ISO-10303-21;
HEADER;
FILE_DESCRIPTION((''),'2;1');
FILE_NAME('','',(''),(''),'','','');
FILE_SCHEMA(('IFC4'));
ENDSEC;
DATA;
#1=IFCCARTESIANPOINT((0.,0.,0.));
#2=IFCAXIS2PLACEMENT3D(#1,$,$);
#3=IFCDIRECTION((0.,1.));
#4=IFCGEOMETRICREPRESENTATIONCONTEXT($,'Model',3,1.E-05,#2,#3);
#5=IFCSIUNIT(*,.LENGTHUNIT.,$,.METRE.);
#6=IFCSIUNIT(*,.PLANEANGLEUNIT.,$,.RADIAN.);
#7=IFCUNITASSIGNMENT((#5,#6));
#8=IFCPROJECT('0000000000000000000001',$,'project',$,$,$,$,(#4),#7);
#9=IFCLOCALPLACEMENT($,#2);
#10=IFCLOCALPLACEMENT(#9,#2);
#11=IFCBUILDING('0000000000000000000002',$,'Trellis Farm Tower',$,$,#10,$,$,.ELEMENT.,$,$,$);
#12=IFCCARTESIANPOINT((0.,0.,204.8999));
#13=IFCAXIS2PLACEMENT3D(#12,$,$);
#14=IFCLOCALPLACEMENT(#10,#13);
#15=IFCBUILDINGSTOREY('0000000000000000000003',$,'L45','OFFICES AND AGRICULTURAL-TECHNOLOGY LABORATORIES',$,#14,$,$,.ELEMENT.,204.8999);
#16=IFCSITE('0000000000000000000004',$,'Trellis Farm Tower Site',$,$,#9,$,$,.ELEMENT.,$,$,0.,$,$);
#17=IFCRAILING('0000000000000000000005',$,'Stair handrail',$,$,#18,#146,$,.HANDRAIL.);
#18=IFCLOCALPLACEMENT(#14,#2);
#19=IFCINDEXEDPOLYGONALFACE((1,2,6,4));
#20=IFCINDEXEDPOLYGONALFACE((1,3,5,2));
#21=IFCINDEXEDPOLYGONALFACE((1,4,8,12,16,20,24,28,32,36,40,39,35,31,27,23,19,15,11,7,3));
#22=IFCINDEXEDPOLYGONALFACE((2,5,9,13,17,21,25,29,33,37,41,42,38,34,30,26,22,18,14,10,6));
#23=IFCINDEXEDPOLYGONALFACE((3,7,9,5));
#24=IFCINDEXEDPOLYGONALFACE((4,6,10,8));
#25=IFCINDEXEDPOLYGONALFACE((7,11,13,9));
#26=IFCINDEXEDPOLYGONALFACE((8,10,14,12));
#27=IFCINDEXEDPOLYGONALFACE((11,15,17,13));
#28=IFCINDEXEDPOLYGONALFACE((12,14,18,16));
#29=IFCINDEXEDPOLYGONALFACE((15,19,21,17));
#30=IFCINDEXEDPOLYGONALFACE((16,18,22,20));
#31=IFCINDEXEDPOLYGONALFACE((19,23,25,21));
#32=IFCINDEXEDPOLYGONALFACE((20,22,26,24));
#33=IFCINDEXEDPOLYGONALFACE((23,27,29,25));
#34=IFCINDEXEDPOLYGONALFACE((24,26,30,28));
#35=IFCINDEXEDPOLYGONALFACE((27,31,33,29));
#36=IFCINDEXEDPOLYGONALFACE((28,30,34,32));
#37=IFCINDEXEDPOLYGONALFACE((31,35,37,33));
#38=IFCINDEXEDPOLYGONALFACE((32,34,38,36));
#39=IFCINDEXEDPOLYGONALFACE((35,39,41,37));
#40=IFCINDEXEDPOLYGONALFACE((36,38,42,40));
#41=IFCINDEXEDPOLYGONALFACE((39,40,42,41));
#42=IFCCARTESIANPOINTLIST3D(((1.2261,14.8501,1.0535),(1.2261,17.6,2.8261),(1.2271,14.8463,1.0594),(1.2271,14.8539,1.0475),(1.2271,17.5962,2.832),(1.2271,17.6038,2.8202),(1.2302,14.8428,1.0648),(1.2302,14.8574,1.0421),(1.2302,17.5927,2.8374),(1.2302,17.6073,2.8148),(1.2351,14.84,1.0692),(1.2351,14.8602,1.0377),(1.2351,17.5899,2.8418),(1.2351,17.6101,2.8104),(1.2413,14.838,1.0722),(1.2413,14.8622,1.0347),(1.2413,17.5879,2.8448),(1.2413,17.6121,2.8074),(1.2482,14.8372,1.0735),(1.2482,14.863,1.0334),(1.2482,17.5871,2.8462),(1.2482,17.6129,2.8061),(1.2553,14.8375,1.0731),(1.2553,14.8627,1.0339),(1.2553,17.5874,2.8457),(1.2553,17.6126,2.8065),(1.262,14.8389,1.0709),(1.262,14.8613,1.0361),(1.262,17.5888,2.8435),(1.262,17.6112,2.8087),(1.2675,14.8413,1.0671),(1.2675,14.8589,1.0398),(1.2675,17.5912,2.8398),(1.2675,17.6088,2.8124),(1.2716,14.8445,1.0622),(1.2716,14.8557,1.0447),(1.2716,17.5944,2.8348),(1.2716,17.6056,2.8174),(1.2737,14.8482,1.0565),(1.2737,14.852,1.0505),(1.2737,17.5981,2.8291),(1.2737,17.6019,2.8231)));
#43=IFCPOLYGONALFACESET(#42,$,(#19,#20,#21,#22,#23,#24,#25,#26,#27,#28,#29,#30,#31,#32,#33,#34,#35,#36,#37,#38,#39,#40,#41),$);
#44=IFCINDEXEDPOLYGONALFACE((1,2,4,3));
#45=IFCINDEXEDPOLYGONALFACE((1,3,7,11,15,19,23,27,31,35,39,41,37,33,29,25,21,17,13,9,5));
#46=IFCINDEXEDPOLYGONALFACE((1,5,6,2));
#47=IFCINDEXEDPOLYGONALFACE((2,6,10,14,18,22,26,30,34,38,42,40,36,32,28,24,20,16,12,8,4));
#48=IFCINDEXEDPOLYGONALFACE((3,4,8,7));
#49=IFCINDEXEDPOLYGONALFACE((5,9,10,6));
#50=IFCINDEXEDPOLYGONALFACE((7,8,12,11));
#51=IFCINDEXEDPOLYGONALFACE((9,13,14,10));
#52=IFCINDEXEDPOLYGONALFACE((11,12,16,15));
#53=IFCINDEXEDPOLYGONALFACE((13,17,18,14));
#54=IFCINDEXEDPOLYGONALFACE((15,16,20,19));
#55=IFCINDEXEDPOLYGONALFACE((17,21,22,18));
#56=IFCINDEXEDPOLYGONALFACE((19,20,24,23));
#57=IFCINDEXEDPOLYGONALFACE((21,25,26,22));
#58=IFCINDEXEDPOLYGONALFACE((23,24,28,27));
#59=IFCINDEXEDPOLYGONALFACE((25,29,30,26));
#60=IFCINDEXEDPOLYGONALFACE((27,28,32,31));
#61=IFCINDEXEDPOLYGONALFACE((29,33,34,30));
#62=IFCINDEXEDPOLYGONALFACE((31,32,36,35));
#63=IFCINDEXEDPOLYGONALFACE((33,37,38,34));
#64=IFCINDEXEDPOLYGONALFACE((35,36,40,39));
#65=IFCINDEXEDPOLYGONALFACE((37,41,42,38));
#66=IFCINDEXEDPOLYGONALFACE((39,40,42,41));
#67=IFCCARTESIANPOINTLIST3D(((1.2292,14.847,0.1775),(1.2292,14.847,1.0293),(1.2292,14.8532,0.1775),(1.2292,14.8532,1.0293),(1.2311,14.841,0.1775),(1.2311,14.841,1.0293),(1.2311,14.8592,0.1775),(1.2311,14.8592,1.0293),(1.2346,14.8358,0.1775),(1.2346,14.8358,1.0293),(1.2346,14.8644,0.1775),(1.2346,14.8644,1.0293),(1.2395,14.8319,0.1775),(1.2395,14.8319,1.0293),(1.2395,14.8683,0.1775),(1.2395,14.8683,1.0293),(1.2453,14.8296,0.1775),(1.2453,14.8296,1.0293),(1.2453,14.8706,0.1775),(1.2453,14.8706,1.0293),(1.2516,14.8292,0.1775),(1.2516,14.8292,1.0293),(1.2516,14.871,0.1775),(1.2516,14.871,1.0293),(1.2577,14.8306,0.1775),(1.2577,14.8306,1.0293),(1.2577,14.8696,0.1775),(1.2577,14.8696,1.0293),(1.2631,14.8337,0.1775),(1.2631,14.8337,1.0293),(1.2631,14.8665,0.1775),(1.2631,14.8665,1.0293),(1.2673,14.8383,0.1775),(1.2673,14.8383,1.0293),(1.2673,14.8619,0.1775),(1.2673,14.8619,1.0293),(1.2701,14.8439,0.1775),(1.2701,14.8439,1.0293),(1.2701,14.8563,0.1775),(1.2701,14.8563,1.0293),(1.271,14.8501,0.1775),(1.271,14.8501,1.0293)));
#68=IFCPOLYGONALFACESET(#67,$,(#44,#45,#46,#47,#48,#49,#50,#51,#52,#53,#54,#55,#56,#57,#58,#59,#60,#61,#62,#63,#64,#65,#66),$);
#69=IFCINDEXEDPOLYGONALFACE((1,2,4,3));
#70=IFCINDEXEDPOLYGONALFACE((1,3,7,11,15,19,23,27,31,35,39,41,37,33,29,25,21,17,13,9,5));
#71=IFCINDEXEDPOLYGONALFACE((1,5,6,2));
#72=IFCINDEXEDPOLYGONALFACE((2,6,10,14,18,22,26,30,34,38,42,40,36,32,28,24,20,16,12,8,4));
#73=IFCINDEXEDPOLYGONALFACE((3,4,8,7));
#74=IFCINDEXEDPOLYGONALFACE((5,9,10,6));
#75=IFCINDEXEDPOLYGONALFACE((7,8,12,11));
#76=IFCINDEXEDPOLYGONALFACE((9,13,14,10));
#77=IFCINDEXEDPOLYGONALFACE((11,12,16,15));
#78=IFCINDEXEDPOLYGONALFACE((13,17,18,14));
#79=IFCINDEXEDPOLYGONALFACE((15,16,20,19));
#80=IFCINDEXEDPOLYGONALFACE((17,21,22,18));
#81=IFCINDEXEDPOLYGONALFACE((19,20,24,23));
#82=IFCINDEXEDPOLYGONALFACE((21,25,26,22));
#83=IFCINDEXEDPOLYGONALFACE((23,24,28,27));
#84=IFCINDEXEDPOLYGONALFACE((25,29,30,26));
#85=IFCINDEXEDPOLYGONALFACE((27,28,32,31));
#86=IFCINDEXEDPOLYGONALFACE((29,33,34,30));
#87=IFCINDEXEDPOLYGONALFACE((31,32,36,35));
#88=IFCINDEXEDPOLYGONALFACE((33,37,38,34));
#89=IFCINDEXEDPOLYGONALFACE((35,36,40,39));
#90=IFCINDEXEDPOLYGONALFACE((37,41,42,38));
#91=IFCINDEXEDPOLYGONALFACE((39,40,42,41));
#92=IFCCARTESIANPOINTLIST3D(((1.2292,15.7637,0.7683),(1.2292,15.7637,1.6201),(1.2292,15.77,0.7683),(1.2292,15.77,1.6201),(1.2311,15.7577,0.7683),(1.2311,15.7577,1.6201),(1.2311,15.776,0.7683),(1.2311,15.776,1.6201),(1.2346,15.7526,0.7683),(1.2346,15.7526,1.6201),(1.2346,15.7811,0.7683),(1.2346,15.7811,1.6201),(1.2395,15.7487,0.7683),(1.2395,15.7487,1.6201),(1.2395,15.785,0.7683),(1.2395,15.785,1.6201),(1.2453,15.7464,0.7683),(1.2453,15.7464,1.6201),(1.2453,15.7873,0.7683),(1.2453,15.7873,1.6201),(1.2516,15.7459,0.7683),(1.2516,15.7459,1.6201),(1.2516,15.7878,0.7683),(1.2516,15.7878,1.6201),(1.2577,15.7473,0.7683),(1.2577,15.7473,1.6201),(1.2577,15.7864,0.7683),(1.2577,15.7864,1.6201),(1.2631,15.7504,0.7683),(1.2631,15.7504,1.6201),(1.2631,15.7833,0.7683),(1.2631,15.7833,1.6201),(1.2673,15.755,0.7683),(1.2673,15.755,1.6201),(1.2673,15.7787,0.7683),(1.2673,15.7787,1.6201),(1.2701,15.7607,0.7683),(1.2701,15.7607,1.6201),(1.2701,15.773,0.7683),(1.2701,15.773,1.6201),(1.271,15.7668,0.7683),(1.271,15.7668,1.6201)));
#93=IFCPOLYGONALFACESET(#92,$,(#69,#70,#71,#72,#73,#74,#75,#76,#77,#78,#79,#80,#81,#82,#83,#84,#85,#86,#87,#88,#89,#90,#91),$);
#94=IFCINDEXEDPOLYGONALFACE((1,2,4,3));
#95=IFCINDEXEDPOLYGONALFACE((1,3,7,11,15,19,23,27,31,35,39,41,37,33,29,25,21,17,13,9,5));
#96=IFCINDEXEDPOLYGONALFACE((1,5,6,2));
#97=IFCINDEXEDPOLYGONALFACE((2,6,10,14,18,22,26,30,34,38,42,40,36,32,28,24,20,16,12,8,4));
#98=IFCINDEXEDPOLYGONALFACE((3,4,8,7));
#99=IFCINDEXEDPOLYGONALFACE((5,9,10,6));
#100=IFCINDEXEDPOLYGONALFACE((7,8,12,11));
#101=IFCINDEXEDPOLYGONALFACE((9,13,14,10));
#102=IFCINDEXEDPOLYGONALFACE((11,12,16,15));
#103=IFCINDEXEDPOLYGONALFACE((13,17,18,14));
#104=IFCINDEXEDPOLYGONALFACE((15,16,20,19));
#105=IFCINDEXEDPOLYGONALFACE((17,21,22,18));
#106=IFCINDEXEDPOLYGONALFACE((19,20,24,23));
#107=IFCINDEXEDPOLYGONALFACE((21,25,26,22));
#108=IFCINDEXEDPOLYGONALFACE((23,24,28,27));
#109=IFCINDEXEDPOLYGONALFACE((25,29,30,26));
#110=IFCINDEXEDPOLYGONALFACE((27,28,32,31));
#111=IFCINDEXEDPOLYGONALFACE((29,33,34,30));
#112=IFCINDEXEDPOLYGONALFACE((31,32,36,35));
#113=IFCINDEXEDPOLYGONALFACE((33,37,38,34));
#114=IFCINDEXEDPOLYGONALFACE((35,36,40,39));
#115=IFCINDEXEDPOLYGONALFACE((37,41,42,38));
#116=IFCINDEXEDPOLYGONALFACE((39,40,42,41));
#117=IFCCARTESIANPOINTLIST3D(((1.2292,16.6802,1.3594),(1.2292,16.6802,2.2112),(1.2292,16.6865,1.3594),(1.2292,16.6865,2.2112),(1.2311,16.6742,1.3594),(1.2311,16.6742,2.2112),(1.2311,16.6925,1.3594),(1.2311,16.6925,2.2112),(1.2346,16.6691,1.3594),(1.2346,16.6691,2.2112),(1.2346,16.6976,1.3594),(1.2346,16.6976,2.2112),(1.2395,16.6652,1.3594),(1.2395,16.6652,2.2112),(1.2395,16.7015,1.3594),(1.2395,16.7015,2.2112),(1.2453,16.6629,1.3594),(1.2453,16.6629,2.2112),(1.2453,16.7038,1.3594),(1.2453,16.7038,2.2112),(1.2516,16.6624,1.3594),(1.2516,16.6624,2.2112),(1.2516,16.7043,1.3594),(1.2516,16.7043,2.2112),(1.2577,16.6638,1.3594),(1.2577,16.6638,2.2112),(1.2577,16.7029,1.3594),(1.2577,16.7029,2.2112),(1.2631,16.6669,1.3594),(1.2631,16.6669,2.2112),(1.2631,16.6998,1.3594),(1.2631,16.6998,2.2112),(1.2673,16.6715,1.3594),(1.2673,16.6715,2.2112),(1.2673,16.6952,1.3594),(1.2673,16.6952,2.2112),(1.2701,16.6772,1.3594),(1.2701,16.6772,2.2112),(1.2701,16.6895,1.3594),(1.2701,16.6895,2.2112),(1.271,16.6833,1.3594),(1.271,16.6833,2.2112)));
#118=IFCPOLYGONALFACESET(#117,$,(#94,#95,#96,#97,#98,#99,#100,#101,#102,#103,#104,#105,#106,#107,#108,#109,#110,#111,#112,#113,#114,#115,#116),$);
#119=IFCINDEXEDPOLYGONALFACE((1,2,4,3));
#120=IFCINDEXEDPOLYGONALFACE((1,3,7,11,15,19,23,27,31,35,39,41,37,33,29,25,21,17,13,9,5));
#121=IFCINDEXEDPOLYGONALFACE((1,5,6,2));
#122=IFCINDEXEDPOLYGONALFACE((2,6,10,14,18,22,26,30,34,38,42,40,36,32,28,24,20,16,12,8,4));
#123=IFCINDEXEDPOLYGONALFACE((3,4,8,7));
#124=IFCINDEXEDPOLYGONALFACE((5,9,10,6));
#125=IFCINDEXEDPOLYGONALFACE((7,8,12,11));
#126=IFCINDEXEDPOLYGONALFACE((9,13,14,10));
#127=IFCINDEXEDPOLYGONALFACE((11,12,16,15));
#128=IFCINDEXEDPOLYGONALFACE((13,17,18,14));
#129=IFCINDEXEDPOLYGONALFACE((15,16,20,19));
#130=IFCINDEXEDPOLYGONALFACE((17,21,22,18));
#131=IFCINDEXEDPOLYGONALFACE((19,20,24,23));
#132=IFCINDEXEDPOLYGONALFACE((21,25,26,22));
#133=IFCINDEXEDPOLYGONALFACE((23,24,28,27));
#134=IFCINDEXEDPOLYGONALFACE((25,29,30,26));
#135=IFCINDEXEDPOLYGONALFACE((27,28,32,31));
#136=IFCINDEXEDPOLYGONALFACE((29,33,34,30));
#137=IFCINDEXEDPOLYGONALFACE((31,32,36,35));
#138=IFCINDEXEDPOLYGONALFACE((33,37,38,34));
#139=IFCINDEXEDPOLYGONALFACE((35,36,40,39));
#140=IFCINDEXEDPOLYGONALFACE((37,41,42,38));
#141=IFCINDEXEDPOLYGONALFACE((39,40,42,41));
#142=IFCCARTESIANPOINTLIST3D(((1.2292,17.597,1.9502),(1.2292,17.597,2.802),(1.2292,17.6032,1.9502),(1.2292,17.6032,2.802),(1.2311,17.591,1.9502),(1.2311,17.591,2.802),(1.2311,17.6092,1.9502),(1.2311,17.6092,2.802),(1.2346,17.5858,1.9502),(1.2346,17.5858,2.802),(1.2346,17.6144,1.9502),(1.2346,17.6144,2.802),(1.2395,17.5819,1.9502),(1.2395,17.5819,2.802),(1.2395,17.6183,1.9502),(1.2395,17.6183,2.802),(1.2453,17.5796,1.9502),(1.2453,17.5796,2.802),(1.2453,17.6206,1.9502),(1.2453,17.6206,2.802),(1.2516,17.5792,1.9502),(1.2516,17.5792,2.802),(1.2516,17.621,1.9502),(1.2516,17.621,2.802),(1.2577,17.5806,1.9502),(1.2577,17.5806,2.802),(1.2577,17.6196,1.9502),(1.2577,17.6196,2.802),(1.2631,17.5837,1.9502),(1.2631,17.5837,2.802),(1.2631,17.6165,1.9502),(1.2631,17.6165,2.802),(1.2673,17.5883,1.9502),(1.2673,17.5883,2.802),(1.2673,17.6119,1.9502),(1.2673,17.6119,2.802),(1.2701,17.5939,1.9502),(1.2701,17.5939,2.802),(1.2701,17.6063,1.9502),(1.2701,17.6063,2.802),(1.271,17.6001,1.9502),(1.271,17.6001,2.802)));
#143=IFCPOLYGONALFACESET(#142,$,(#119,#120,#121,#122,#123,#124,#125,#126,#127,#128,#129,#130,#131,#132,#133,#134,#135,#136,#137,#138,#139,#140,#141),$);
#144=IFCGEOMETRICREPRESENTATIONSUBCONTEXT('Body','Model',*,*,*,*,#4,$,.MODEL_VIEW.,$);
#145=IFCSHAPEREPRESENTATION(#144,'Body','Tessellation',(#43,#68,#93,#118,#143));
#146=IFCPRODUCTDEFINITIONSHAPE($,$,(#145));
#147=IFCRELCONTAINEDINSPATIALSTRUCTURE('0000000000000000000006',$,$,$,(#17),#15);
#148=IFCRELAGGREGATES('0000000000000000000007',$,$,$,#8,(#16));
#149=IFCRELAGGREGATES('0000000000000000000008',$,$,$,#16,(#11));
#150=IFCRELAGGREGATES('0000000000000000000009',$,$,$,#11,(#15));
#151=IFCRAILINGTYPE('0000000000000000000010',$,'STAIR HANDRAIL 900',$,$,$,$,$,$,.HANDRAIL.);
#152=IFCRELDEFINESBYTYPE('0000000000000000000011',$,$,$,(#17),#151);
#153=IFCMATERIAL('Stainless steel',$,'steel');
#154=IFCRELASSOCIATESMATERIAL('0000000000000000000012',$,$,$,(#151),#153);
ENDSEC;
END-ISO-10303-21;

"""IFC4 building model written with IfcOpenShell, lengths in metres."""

from ifc_helpers import new_model, si_unit, direction, frame, origin, origin_2d, place, context, subcontext, project, spatial, circle, extrude, source, transform, mapped, material, type_object, element, save


model = new_model("IFC4")

# Units and contexts
model_context = context("Model", 3, precision=1e-05, world=origin(), true_north=direction((0.0, 1.0)))
body_context = subcontext(model_context, "Body", "Model", "MODEL_VIEW")
ifc_project = project(units=[si_unit("LENGTHUNIT", "METRE"), si_unit("PLANEANGLEUNIT", "RADIAN")], contexts=[model_context])

# Site, building, storey
site_placement = place(None, origin())
site = spatial("IfcSite", under=ifc_project, at=site_placement, Name="Trellis Farm Tower Site", CompositionType="ELEMENT", RefElevation=0.0)
building_placement = place(site_placement, origin())
building = spatial("IfcBuilding", under=site, at=building_placement, Name="Trellis Farm Tower", CompositionType="ELEMENT")
storey_placement = place(building_placement, frame((0.0, 0.0, 204.8999)))
storey = spatial("IfcBuildingStorey", under=building, at=storey_placement, Name="L45", Description="OFFICES AND AGRICULTURAL-TECHNOLOGY LABORATORIES", CompositionType="ELEMENT", Elevation=204.8999)

# Shared definitions
ifc_material_1 = material(Name="Stainless steel", Category="steel")

# Railing
railing_type = type_object("IfcRailingType", Name="STAIR HANDRAIL 900", PredefinedType="HANDRAIL", material=ifc_material_1)
shared_shape_1 = source(origin(), body_context, "Body", "SweptSolid", [
    extrude(circle(Radius=0.0239, at=origin_2d()), frame((0.0, 0.0, 0.876), z_axis=(0.0, 0.840504, 0.541806), x_axis=(-1.0, 0.0, 0.0)), (0.0, 0.0, 1.0), 3.2717),
    extrude(circle(Radius=0.021, at=origin_2d()), origin(), (0.0, 0.0, 1.0), 0.8518),
    extrude(circle(Radius=0.021, at=origin_2d()), frame((0.0, 0.9167, 0.5908)), (0.0, 0.0, 1.0), 0.8518),
    extrude(circle(Radius=0.021, at=origin_2d()), frame((0.0, 1.8333, 1.1819)), (0.0, 0.0, 1.0), 0.8518),
    extrude(circle(Radius=0.021, at=origin_2d()), frame((0.0, 2.75, 1.7727)), (0.0, 0.0, 1.0), 0.8518),
])
railing_placement = place(storey_placement, frame((1.25, 14.8501, 0.1775)))
element("IfcRailing", 1, at=railing_placement, inside=storey, type_object=railing_type, Name="Stair handrail", PredefinedType="HANDRAIL", context=body_context, shape_type="MappedRepresentation", body=[
    mapped(shared_shape_1, transform((0.0, 0.0, 0.0))),
])

save(model, "model.ifc")
